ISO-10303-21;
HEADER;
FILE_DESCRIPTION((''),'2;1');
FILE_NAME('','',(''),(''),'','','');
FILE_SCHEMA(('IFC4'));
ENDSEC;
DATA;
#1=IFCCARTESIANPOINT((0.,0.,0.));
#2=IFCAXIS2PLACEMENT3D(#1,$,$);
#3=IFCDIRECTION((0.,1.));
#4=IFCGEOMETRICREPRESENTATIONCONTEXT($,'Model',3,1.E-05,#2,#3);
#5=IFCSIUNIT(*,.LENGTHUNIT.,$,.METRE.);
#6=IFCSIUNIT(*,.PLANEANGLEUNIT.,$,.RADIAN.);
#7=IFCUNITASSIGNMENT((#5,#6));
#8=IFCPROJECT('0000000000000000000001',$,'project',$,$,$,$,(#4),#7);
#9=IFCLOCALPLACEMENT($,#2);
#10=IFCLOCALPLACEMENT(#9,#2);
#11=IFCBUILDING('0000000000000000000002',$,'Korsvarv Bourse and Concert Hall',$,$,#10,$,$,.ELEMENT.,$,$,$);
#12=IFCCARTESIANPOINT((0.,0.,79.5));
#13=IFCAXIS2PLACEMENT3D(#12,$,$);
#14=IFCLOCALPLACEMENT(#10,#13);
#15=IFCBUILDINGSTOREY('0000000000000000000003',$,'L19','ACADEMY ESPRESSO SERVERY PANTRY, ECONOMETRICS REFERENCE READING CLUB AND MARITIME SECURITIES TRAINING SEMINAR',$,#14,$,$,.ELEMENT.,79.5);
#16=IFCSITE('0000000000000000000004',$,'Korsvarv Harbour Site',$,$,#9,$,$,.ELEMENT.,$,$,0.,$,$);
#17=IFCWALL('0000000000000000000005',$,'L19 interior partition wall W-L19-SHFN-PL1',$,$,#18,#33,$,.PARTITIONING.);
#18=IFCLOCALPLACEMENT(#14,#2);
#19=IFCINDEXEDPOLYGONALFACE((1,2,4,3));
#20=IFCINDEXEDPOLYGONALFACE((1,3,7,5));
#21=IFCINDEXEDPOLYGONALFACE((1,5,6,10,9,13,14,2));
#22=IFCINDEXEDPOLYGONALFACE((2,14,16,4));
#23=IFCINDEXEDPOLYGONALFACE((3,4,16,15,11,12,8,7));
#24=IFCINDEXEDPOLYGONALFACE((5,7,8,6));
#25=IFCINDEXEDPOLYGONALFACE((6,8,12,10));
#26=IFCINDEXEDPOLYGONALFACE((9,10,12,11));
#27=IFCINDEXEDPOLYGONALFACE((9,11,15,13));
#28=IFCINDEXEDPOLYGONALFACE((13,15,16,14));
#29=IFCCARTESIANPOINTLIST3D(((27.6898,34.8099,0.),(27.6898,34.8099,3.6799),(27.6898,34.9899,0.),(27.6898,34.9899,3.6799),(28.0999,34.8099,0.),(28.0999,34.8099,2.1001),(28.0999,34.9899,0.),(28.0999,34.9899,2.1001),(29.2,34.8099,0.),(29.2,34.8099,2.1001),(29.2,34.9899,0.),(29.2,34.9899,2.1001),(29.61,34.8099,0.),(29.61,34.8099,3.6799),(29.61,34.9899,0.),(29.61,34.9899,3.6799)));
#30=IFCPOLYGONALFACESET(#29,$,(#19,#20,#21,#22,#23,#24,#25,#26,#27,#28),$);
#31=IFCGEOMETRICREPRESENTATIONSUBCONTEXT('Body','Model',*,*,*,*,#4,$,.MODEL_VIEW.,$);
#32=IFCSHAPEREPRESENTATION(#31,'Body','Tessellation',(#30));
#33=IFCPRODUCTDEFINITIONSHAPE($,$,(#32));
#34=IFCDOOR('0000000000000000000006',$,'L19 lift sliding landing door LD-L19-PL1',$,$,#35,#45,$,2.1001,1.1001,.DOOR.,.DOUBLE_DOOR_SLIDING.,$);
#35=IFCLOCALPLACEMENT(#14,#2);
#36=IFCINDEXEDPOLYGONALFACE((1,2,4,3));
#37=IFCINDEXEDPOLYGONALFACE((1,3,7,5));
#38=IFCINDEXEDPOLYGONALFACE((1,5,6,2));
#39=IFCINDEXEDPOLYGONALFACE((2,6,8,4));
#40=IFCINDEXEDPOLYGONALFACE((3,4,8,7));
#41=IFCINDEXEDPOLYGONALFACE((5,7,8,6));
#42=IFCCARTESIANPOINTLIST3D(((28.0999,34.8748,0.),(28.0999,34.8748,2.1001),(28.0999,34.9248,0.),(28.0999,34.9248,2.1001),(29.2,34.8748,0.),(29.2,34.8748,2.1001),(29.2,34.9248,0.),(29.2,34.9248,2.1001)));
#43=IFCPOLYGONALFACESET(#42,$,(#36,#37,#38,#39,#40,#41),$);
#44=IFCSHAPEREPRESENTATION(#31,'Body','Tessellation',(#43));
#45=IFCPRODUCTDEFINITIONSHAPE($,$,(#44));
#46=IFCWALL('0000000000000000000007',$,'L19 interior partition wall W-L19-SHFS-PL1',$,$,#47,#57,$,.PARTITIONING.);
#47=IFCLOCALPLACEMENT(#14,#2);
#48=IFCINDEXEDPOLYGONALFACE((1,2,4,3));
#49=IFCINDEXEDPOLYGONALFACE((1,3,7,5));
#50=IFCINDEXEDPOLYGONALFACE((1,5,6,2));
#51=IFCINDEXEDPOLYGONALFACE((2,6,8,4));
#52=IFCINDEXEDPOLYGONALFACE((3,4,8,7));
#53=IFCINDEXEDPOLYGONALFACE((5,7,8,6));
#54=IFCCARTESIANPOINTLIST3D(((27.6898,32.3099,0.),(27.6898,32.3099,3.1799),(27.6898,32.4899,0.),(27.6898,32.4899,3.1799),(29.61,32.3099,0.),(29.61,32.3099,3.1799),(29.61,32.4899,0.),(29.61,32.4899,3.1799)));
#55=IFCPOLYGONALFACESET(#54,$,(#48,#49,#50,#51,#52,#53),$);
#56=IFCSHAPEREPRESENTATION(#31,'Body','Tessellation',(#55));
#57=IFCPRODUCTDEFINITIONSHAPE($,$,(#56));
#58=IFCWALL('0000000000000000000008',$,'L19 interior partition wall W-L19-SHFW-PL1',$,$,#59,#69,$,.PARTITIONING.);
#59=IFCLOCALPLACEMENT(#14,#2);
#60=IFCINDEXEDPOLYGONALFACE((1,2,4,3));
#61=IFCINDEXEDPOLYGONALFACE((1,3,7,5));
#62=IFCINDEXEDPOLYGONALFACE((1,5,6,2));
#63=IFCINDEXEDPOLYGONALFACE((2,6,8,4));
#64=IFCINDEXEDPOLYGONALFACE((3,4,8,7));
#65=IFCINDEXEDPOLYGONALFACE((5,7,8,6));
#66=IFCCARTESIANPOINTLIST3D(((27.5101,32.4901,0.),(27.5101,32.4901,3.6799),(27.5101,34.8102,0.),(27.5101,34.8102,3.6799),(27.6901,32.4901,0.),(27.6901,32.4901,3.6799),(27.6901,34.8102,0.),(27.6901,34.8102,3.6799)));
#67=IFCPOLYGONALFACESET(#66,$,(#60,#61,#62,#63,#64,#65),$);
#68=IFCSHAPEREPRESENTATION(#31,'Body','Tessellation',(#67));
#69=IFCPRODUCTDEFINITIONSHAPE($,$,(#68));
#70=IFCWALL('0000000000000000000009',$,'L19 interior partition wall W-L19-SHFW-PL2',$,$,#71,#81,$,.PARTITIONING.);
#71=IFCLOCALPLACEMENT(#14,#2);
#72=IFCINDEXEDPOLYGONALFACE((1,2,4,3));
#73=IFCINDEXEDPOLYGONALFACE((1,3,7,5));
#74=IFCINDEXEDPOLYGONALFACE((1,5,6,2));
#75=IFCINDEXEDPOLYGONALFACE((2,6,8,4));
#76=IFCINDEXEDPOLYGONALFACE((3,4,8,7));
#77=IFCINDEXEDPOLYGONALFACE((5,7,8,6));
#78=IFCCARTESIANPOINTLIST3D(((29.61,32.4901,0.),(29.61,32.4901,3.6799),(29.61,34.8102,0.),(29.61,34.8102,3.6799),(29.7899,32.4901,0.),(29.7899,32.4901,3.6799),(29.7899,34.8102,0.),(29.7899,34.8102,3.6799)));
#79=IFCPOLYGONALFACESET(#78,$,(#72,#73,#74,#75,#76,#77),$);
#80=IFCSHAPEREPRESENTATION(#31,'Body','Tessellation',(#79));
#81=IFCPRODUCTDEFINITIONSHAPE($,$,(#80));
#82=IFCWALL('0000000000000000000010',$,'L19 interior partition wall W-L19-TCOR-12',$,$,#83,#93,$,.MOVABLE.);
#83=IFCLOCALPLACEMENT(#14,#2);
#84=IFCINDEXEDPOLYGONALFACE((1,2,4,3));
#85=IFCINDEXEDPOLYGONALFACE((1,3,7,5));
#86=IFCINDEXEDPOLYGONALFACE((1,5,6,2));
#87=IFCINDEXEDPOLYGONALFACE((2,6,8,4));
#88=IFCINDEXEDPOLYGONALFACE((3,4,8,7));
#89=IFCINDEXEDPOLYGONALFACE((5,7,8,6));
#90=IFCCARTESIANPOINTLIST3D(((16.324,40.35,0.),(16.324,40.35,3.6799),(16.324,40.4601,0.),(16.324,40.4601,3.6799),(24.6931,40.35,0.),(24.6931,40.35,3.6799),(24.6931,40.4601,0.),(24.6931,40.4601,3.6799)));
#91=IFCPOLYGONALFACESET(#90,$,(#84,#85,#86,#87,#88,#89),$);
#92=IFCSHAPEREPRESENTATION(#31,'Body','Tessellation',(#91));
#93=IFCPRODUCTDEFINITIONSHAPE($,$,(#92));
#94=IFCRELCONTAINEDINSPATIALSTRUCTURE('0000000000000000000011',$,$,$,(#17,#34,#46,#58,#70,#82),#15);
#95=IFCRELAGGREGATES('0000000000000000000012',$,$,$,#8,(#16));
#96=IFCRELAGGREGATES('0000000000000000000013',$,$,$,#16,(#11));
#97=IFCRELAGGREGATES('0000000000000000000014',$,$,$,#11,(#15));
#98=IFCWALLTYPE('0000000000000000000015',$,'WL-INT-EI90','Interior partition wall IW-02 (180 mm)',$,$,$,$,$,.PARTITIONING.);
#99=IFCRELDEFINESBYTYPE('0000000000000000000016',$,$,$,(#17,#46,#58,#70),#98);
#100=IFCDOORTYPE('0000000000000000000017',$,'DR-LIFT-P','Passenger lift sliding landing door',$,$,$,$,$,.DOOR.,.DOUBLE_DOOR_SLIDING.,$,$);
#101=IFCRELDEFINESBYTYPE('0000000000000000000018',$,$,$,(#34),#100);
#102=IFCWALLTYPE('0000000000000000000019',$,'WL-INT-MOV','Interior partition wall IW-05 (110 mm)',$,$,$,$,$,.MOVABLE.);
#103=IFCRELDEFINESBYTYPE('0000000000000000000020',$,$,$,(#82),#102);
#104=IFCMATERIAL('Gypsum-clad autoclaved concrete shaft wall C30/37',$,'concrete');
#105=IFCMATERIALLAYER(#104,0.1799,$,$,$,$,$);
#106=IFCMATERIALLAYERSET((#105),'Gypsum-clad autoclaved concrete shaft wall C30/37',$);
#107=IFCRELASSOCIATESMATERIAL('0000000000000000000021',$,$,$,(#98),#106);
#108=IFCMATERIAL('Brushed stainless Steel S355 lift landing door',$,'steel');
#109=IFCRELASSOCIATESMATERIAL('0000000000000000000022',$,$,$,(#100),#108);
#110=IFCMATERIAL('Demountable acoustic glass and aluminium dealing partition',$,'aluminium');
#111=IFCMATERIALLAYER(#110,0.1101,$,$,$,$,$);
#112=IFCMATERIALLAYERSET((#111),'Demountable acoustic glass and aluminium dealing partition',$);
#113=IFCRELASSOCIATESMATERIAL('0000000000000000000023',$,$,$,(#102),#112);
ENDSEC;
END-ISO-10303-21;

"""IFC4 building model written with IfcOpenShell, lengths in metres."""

from ifc_helpers import new_model, si_unit, direction, frame, frame_2d, origin, place, context, subcontext, project, spatial, rectangle, extrude, material, layer, layer_set, type_object, element, fill, save


model = new_model("IFC4")

# Units and contexts
model_context = context("Model", 3, precision=1e-05, world=origin(), true_north=direction((0.0, 1.0)))
body_context = subcontext(model_context, "Body", "Model", "MODEL_VIEW")
ifc_project = project(units=[si_unit("LENGTHUNIT", "METRE"), si_unit("PLANEANGLEUNIT", "RADIAN")], contexts=[model_context])

# Site, building, storey
site_placement = place(None, origin())
site = spatial("IfcSite", under=ifc_project, at=site_placement, Name="Korsvarv Harbour Site", CompositionType="ELEMENT", RefElevation=0.0)
building_placement = place(site_placement, origin())
building = spatial("IfcBuilding", under=site, at=building_placement, Name="Korsvarv Bourse and Concert Hall", CompositionType="ELEMENT")
storey_placement = place(building_placement, frame((0.0, 0.0, 79.5)))
storey = spatial("IfcBuildingStorey", under=building, at=storey_placement, Name="L19", Description="ACADEMY ESPRESSO SERVERY PANTRY, ECONOMETRICS REFERENCE READING CLUB AND MARITIME SECURITIES TRAINING SEMINAR", CompositionType="ELEMENT", Elevation=79.5)

# Wall, opening, door
ifc_material_1 = material(Name="Gypsum-clad autoclaved concrete shaft wall C30/37", Category="concrete")
ifc_layer_1 = layer(ifc_material_1, 0.1799)
ifc_layer_set_1 = layer_set([ifc_layer_1], Name="Gypsum-clad autoclaved concrete shaft wall C30/37")
wall_type_1 = type_object("IfcWallType", Name="WL-INT-EI90", Description="Interior partition wall IW-02 (180 mm)", PredefinedType="PARTITIONING", material=ifc_layer_set_1)
wall_1_placement = place(storey_placement, frame((27.6899, 34.8999, 0.0), z_axis=(0.0, 0.0, 1.0), x_axis=(1.0, 0.0, 0.0)))
wall_1 = element("IfcWall", 1, at=wall_1_placement, inside=storey, type_object=wall_type_1, Name="L19 interior partition wall W-L19-SHFN-PL1", PredefinedType="PARTITIONING", context=body_context, shape_type="SweptSolid", body=[
    extrude(rectangle(XDim=1.9202, YDim=0.1799, at=frame_2d((0.96, 0.0))), origin(), (0.0, 0.0, 1.0), 3.6799),
])
opening_1_placement = place(wall_1_placement, frame((0.4099, 0.0, 0.0)))
opening_1 = element("IfcOpeningElement", 2, at=opening_1_placement, cuts=wall_1, PredefinedType="OPENING", context=body_context, shape_type="SweptSolid", body=[
    extrude(rectangle(XDim=1.1001, YDim=2.1001, at=frame_2d((0.55, 1.05))), frame((0.0, 0.1001, 0.0), z_axis=(0.0, -1.0, 0.0), x_axis=(1.0, 0.0, 0.0)), (0.0, 0.0, 1.0), 0.2),
])
ifc_material_2 = material(Name="Brushed stainless Steel S355 lift landing door", Category="steel")
door_type_1 = type_object("IfcDoorType", Name="DR-LIFT-P", Description="Passenger lift sliding landing door", OperationType="DOUBLE_DOOR_SLIDING", PredefinedType="DOOR", material=ifc_material_2)
door_1_placement = place(opening_1_placement, origin())
door_1 = element("IfcDoor", 3, at=door_1_placement, inside=storey, type_object=door_type_1, Name="L19 lift sliding landing door LD-L19-PL1", OperationType="DOUBLE_DOOR_SLIDING", OverallHeight=2.1001, OverallWidth=1.1001, PredefinedType="DOOR", context=body_context, shape_type="SweptSolid", body=[
    extrude(rectangle(XDim=1.1001, YDim=2.1001, at=frame_2d((0.55, 1.05))), frame((0.0, 0.0249, 0.0), z_axis=(0.0, -1.0, 0.0), x_axis=(1.0, 0.0, 0.0)), (0.0, 0.0, 1.0), 0.05),
])
fill(opening_1, door_1)

# Walls
wall_2_placement = place(storey_placement, frame((27.6899, 32.3999, 0.0), z_axis=(0.0, 0.0, 1.0), x_axis=(1.0, 0.0, 0.0)))
element("IfcWall", 4, at=wall_2_placement, inside=storey, type_object=wall_type_1, Name="L19 interior partition wall W-L19-SHFS-PL1", PredefinedType="PARTITIONING", context=body_context, shape_type="SweptSolid", body=[
    extrude(rectangle(XDim=1.9202, YDim=0.1799, at=frame_2d((0.96, 0.0))), origin(), (0.0, 0.0, 1.0), 3.1799),
])
for number, where, z_axis, x_axis, name in (
    (5, (27.6001, 32.49, 0.0), (0.0, 0.0, 1.0), (0.0, 1.0, 0.0), "L19 interior partition wall W-L19-SHFW-PL1"),
    (6, (29.7, 32.49, 0.0), (0.0, 0.0, 1.0), (0.0, 1.0, 0.0), "L19 interior partition wall W-L19-SHFW-PL2"),
):
    element("IfcWall", number, at=place(storey_placement, frame(where, z_axis=z_axis, x_axis=x_axis)), inside=storey, type_object=wall_type_1, Name=name, PredefinedType="PARTITIONING", context=body_context, shape_type="SweptSolid", body=[
        extrude(rectangle(XDim=2.3201, YDim=0.1799, at=frame_2d((1.1602, 0.0))), origin(), (0.0, 0.0, 1.0), 3.6799),
    ])
ifc_material_3 = material(Name="Demountable acoustic glass and aluminium dealing partition", Category="aluminium")
ifc_layer_2 = layer(ifc_material_3, 0.1101)
ifc_layer_set_2 = layer_set([ifc_layer_2], Name="Demountable acoustic glass and aluminium dealing partition")
wall_type_2 = type_object("IfcWallType", Name="WL-INT-MOV", Description="Interior partition wall IW-05 (110 mm)", PredefinedType="MOVABLE", material=ifc_layer_set_2)
wall_3_placement = place(storey_placement, frame((16.324, 40.405, 0.0), z_axis=(0.0, 0.0, 1.0), x_axis=(1.0, 0.0, 0.0)))
element("IfcWall", 7, at=wall_3_placement, inside=storey, type_object=wall_type_2, Name="L19 interior partition wall W-L19-TCOR-12", PredefinedType="MOVABLE", context=body_context, shape_type="SweptSolid", body=[
    extrude(rectangle(XDim=8.3691, YDim=0.1101, at=frame_2d((4.1846, 0.0))), origin(), (0.0, 0.0, 1.0), 3.6799),
])

save(model, "model.ifc")
